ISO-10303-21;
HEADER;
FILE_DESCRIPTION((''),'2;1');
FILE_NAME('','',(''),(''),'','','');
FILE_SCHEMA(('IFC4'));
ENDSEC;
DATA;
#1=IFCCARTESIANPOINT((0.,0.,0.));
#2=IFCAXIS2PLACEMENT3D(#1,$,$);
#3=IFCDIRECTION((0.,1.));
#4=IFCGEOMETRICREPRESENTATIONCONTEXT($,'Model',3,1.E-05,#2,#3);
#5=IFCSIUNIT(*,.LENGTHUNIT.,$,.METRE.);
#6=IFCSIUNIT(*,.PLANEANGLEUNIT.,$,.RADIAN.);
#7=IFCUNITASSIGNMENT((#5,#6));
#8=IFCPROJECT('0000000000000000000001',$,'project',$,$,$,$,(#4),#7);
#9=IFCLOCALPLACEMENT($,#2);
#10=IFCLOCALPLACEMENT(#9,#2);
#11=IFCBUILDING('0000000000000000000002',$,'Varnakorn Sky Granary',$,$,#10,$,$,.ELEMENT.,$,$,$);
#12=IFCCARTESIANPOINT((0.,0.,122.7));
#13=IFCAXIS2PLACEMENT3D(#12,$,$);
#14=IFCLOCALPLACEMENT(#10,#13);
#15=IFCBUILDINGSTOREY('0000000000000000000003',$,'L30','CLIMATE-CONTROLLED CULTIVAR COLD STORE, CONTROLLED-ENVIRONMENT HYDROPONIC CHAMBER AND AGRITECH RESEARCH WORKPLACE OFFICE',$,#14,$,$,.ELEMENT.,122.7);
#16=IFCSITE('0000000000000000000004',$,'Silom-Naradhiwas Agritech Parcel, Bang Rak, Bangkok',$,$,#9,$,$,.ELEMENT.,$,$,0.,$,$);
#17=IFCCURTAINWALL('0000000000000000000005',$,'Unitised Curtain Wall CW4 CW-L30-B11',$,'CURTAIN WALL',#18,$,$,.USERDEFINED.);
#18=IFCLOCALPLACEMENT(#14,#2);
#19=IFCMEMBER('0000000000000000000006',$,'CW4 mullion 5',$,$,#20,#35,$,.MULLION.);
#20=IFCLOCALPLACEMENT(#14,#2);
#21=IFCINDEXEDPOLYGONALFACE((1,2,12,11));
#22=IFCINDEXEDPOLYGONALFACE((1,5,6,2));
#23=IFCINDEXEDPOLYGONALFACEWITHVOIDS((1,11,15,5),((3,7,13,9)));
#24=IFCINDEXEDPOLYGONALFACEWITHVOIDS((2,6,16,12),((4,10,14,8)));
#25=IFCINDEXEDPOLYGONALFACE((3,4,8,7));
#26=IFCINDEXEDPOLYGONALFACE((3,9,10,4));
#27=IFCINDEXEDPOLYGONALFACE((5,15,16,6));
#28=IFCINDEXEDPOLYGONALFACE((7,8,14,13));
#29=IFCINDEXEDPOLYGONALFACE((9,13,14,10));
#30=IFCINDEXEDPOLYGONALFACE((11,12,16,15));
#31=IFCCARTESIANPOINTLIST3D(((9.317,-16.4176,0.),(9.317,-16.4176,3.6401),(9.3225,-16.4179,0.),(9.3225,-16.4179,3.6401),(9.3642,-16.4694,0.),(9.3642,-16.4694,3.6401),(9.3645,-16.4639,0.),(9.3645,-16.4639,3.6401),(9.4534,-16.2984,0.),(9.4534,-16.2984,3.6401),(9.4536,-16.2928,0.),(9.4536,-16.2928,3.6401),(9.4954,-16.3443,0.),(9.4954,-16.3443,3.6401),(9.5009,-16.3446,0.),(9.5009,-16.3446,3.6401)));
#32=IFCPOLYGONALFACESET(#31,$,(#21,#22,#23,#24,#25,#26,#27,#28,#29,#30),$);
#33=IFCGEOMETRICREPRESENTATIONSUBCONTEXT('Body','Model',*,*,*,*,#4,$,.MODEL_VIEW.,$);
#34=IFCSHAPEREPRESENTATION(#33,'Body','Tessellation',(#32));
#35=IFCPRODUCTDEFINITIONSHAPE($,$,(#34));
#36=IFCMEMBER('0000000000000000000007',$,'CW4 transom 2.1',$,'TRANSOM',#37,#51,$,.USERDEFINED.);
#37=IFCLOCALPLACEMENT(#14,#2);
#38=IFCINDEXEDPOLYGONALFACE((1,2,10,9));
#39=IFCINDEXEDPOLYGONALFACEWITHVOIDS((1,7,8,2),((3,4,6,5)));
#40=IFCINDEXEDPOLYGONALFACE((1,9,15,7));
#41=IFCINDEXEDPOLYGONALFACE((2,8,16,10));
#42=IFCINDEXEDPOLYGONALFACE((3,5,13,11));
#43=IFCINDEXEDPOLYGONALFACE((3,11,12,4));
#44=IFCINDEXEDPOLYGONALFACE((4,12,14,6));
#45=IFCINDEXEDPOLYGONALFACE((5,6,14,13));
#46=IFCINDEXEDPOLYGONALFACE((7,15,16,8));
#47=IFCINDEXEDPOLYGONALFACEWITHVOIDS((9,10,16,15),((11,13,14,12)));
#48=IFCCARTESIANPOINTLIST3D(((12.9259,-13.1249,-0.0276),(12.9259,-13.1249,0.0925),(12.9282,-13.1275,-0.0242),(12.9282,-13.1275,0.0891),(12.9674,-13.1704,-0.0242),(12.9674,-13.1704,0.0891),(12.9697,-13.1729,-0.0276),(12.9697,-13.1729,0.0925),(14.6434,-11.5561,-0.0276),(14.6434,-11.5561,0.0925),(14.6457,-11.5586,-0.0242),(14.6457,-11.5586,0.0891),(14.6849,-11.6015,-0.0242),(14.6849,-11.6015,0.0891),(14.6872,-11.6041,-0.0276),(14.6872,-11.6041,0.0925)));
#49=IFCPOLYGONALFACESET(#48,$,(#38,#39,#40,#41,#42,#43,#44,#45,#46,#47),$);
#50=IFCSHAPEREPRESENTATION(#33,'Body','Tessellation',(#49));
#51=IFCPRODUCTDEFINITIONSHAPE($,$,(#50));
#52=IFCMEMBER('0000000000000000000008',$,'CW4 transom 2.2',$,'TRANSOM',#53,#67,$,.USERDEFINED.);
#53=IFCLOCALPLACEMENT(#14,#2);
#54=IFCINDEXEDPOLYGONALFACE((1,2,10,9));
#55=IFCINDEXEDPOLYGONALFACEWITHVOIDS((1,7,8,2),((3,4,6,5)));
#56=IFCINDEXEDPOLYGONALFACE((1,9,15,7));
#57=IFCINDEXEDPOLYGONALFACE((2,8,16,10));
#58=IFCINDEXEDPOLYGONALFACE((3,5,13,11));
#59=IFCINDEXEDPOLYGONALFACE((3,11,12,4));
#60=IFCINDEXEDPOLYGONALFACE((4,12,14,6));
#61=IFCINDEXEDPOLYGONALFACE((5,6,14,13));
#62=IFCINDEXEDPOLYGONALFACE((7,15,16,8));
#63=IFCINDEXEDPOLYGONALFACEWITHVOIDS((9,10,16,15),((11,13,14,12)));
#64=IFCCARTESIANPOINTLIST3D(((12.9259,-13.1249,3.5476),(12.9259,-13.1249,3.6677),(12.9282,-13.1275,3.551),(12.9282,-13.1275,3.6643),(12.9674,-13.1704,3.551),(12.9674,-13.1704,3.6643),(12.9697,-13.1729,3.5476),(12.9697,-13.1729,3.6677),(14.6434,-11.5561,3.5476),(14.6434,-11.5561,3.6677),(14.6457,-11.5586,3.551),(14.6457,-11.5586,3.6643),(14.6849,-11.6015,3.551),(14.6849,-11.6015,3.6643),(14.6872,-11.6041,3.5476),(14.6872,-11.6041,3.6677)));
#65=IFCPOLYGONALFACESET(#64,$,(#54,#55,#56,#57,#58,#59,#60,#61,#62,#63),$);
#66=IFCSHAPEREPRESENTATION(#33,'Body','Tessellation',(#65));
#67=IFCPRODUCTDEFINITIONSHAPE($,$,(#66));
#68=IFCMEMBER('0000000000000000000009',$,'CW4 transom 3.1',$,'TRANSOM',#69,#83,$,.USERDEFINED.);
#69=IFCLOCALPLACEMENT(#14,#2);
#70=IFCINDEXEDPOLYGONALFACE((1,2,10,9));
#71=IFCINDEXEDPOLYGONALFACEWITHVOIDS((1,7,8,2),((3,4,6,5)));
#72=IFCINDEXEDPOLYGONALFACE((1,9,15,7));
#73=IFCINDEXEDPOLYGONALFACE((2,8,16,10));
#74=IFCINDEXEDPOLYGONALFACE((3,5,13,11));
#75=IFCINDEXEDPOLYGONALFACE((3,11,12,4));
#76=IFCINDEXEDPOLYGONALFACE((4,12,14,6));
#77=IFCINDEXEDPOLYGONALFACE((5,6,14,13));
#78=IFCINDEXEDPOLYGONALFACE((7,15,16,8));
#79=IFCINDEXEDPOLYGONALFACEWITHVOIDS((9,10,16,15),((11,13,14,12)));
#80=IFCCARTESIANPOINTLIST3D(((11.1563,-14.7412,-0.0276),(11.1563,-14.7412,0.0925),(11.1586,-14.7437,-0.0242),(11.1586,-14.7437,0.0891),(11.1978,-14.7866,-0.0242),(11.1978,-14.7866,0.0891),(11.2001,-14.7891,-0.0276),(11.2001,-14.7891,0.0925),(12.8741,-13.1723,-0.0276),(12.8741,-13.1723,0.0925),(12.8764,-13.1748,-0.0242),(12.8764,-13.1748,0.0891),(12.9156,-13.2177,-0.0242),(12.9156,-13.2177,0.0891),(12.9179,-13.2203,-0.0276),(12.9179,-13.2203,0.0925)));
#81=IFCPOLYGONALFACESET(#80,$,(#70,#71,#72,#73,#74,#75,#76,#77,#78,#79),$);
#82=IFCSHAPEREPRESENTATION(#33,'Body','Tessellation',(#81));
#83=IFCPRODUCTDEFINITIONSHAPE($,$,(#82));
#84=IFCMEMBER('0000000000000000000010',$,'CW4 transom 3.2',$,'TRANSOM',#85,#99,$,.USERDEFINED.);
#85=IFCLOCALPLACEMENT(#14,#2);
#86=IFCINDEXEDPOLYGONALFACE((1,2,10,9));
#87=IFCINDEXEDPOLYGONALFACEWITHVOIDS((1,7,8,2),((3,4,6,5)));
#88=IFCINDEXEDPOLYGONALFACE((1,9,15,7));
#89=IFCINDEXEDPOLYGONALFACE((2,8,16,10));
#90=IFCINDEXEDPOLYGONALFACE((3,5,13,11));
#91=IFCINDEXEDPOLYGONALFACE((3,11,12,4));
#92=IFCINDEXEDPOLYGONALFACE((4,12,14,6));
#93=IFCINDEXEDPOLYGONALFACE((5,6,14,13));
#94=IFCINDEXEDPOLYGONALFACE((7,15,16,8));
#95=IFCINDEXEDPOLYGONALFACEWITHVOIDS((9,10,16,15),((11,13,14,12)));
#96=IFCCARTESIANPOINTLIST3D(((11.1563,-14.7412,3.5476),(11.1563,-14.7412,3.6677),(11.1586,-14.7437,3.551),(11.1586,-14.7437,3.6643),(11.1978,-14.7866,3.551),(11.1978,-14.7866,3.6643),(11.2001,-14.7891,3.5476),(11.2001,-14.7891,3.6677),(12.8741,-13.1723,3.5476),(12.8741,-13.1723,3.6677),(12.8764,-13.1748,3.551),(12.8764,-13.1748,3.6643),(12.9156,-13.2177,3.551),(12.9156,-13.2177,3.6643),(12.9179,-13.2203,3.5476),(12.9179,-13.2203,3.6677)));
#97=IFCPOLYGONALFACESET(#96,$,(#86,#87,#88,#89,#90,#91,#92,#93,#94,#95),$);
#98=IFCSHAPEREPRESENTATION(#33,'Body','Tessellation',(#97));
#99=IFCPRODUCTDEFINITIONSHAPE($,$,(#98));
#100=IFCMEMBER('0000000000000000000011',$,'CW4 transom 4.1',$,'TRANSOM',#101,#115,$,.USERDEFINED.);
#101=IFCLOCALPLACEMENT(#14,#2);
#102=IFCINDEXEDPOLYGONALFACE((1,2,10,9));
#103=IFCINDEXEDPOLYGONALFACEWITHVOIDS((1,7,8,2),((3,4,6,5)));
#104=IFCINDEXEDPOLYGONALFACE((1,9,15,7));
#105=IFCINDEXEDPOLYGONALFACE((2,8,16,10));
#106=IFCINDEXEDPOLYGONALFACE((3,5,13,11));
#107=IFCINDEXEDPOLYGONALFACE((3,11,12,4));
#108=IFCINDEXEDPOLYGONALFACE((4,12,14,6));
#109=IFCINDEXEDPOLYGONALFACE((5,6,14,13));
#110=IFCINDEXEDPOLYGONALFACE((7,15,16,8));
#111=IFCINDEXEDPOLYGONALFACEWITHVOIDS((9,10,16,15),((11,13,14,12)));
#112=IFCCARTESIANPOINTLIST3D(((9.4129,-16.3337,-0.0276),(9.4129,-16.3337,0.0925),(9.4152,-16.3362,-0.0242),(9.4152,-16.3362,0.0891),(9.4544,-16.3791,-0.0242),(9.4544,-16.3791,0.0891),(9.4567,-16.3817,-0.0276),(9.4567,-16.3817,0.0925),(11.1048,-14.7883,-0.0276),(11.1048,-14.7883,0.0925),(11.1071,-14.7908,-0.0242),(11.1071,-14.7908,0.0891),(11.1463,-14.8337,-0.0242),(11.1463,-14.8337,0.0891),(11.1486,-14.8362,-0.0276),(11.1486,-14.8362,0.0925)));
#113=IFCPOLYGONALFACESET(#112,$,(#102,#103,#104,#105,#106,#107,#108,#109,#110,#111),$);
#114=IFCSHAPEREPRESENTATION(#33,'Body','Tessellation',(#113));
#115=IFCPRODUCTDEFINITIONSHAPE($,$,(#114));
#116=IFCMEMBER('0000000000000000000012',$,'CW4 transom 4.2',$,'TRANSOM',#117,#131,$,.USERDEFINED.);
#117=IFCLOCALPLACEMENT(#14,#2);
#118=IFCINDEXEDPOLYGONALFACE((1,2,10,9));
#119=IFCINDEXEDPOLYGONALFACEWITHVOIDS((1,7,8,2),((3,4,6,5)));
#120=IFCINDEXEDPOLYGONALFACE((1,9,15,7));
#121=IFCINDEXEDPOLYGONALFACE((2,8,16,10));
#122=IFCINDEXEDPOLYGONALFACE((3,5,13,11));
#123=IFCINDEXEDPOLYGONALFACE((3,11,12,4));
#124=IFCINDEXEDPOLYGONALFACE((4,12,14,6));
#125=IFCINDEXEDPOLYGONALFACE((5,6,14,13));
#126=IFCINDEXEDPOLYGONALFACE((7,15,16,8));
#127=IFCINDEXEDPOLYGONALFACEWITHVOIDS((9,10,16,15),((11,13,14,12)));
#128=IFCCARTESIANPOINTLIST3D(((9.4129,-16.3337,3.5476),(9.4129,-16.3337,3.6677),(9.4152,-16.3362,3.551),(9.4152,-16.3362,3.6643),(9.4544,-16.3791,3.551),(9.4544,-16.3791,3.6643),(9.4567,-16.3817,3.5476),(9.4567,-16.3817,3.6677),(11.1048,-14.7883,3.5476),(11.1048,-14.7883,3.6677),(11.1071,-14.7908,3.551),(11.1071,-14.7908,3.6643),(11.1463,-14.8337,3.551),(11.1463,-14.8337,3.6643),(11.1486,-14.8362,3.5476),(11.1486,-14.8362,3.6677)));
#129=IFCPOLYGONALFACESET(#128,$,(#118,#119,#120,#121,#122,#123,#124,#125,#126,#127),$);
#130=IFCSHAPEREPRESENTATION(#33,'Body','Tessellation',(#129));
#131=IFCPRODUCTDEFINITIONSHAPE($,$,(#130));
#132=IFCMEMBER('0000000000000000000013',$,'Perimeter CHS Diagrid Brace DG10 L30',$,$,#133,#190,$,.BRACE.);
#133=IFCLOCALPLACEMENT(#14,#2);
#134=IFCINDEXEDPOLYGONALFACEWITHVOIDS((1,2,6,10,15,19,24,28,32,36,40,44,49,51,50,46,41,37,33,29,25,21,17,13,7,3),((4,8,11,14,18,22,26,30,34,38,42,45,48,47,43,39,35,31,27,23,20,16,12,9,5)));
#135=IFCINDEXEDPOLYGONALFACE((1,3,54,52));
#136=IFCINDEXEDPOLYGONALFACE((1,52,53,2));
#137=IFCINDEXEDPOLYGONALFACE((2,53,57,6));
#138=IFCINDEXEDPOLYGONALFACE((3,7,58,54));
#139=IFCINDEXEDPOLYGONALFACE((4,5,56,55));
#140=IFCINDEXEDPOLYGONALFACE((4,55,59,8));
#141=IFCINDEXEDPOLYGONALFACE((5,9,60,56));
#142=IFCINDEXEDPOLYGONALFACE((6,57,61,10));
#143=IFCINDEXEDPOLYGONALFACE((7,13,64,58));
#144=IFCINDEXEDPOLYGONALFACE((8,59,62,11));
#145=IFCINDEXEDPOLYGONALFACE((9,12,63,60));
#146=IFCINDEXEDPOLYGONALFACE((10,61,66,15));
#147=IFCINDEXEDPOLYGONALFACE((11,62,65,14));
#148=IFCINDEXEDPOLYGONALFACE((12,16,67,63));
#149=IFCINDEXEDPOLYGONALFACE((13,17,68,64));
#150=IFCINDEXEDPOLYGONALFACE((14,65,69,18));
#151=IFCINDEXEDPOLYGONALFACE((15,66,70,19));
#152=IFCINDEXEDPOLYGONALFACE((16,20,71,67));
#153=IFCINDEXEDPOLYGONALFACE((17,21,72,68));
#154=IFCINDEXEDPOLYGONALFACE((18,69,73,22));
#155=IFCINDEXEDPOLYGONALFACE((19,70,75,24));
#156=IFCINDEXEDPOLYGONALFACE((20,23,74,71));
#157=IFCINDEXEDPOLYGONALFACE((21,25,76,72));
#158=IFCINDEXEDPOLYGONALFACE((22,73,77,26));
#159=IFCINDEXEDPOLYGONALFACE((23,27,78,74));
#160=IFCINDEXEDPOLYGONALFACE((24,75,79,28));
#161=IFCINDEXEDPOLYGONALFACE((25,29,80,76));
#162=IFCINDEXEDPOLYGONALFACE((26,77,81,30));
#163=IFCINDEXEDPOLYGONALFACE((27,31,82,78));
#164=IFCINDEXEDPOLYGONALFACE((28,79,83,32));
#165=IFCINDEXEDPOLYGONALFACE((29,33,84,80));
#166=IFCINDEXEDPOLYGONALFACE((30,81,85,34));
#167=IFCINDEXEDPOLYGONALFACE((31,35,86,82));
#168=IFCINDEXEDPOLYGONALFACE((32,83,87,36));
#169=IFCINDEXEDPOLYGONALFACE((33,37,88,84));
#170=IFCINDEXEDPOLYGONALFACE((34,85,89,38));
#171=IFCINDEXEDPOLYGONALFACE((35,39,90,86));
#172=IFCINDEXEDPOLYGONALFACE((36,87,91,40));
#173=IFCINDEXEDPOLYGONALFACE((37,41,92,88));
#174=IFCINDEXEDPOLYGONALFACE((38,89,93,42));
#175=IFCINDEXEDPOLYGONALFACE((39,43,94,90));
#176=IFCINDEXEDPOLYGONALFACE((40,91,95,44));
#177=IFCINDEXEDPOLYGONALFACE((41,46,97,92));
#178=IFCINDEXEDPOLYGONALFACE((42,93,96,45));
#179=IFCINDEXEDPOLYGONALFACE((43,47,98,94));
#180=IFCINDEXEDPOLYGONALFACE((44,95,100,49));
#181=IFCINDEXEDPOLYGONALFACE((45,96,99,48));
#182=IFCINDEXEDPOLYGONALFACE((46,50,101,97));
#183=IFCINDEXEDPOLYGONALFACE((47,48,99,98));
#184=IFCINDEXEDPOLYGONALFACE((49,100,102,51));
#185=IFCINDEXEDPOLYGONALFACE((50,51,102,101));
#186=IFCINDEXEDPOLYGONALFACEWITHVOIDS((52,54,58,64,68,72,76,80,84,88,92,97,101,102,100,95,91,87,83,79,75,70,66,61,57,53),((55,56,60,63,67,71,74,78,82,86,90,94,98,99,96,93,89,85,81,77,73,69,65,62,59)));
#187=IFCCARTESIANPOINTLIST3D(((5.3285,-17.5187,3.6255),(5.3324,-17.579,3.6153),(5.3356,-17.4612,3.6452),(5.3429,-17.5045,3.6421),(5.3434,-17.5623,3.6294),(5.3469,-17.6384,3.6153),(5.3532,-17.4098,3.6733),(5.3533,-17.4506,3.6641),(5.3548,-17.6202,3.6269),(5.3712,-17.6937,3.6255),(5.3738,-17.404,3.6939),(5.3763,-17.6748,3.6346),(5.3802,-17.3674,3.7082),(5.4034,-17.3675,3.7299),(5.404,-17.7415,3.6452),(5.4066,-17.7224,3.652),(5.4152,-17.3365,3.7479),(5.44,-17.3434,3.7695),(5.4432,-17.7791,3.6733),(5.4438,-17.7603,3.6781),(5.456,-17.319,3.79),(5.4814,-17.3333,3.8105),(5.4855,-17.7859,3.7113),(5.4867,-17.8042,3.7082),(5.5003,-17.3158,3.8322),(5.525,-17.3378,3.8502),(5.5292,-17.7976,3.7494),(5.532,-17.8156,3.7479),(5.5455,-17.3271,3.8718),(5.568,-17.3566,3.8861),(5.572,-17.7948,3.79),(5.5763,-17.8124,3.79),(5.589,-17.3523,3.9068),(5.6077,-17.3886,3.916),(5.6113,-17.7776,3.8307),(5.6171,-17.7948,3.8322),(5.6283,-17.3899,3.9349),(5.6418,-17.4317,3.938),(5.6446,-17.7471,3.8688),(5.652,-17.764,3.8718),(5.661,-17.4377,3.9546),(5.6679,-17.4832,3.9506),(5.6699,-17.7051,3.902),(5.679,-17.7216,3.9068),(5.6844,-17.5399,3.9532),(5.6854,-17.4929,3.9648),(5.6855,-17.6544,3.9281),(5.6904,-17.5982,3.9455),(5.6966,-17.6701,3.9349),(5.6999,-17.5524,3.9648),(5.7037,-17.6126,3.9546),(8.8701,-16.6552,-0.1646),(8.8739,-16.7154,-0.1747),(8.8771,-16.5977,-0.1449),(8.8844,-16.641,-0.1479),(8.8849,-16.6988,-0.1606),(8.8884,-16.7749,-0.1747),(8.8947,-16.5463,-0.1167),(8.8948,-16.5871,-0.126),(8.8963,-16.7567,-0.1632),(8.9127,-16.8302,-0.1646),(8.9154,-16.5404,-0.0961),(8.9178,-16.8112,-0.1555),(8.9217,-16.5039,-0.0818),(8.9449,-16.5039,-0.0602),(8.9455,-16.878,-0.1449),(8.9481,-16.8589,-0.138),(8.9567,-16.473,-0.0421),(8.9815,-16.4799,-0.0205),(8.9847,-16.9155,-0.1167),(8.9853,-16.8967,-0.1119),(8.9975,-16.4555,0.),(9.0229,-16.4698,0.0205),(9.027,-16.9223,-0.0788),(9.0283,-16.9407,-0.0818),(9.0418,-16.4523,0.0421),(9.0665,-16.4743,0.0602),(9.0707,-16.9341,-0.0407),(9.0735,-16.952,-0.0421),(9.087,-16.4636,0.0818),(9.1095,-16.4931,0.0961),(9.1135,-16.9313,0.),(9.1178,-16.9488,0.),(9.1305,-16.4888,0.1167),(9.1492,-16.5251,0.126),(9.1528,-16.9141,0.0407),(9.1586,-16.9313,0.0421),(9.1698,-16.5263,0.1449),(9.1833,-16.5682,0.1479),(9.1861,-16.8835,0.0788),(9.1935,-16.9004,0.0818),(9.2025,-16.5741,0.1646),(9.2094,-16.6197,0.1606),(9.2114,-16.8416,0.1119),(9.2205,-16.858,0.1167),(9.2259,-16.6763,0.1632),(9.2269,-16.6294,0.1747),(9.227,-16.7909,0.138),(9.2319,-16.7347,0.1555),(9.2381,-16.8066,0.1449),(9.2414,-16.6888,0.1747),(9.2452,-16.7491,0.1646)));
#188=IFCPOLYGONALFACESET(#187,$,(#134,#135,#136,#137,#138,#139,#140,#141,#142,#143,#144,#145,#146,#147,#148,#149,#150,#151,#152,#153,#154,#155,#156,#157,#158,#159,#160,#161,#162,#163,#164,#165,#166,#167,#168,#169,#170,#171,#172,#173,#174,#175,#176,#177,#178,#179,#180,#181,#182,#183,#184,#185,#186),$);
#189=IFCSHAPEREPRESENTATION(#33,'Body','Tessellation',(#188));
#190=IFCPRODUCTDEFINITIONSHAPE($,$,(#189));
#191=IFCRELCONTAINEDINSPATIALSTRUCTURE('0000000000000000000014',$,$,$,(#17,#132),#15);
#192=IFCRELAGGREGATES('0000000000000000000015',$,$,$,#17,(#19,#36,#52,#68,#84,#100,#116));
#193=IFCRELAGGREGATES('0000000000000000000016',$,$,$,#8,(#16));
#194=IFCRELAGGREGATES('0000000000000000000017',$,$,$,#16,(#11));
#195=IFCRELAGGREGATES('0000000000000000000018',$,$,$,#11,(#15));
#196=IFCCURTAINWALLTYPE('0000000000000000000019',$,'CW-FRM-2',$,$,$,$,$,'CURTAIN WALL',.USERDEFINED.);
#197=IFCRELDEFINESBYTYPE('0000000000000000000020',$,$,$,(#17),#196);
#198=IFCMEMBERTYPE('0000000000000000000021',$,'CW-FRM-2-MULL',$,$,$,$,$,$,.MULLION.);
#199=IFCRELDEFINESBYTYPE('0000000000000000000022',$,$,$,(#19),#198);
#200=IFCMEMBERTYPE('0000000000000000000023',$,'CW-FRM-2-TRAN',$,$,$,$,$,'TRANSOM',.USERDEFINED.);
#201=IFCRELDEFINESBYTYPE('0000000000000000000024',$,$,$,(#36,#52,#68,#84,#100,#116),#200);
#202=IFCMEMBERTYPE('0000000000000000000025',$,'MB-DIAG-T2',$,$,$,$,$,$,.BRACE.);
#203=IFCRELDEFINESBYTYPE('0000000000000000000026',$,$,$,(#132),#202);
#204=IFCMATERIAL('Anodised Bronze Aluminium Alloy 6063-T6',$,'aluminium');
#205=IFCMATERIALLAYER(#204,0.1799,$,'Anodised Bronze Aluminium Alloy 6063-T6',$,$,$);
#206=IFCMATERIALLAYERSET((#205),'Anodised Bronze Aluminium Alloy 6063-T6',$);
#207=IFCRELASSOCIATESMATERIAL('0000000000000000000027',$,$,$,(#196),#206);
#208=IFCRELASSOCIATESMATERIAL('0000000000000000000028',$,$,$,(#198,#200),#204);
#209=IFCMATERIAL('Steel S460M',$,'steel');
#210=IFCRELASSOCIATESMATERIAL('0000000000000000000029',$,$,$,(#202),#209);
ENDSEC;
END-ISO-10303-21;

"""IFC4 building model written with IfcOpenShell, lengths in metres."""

from ifc_helpers import new_model, si_unit, direction, frame, origin, origin_2d, place, context, subcontext, project, spatial, hollow_rectangle, hollow_circle, extrude, material, layer, layer_set, material_profile, profile_set, type_object, element, aggregate, save


model = new_model("IFC4")

# Units and contexts
model_context = context("Model", 3, precision=1e-05, world=origin(), true_north=direction((0.0, 1.0)))
body_context = subcontext(model_context, "Body", "Model", "MODEL_VIEW")
ifc_project = project(units=[si_unit("LENGTHUNIT", "METRE"), si_unit("PLANEANGLEUNIT", "RADIAN")], contexts=[model_context])

# Site, building, storey
site_placement = place(None, origin())
site = spatial("IfcSite", under=ifc_project, at=site_placement, Name="Silom-Naradhiwas Agritech Parcel, Bang Rak, Bangkok", CompositionType="ELEMENT", RefElevation=0.0)
building_placement = place(site_placement, origin())
building = spatial("IfcBuilding", under=site, at=building_placement, Name="Varnakorn Sky Granary", CompositionType="ELEMENT")
storey_placement = place(building_placement, frame((0.0, 0.0, 122.7)))
storey = spatial("IfcBuildingStorey", under=building, at=storey_placement, Name="L30", Description="CLIMATE-CONTROLLED CULTIVAR COLD STORE, CONTROLLED-ENVIRONMENT HYDROPONIC CHAMBER AND AGRITECH RESEARCH WORKPLACE OFFICE", CompositionType="ELEMENT", Elevation=122.7)

# Shared definitions
ifc_material_1 = material(Name="Steel S460M", Category="steel")

# Shared definitions
ifc_material_2 = material(Name="Anodised Bronze Aluminium Alloy 6063-T6", Category="aluminium")
ifc_layer_1 = layer(ifc_material_2, 0.1799, Name="Anodised Bronze Aluminium Alloy 6063-T6")
ifc_layer_set_1 = layer_set([ifc_layer_1], Name="Anodised Bronze Aluminium Alloy 6063-T6")
curtain_wall_type = type_object("IfcCurtainWallType", Name="CW-FRM-2", ElementType="CURTAIN WALL", PredefinedType="USERDEFINED", material=ifc_layer_set_1)
ifc_material_profile_1 = material_profile(ifc_material_2, hollow_rectangle(XDim=0.0701, YDim=0.1851, WallThickness=0.0039, at=origin_2d()), Name="ALU MULL 70x185")
ifc_profile_set_1 = profile_set([ifc_material_profile_1], Name="Anodised Bronze Aluminium Alloy 6063-T6")
member_type_1 = type_object("IfcMemberType", Name="CW-FRM-2-MULL", PredefinedType="MULLION", material=ifc_profile_set_1)

# Curtain wall, members
curtain_wall_1_placement = place(storey_placement, origin())
curtain_wall_1 = element("IfcCurtainWall", 1, at=curtain_wall_1_placement, inside=storey, type_object=curtain_wall_type, Name="Unitised Curtain Wall CW4 CW-L30-B11", ObjectType="CURTAIN WALL", PredefinedType="USERDEFINED")
member_1_placement = place(storey_placement, frame((9.4089, -16.3811, 0.0), z_axis=(0.0, 0.0, 1.0), x_axis=(0.674407, -0.738359, 0.0)))
member_1 = element("IfcMember", 2, at=member_1_placement, type_object=member_type_1, Name="CW4 mullion 5", PredefinedType="MULLION", context=body_context, shape_type="SweptSolid", body=[
    extrude(hollow_rectangle(XDim=0.0701, YDim=0.1851, WallThickness=0.0039, at=origin_2d()), origin(), (0.0, 0.0, 1.0), 3.6401),
])
ifc_material_profile_2 = material_profile(ifc_material_2, hollow_rectangle(XDim=0.0649, YDim=0.1201, WallThickness=0.0034, at=origin_2d()), Name="ALU TRAN 65x120")
ifc_profile_set_2 = profile_set([ifc_material_profile_2], Name="Anodised Bronze Aluminium Alloy 6063-T6")
member_type_2 = type_object("IfcMemberType", Name="CW-FRM-2-TRAN", ElementType="TRANSOM", PredefinedType="USERDEFINED", material=ifc_profile_set_2)
member_2_placement = place(storey_placement, frame((14.6653, -11.5801, 0.0325), z_axis=(-0.738342, -0.674426, 0.0), x_axis=(0.674426, -0.738342, 0.0)))
member_2 = element("IfcMember", 3, at=member_2_placement, type_object=member_type_2, Name="CW4 transom 2.1", ObjectType="TRANSOM", PredefinedType="USERDEFINED", context=body_context, shape_type="SweptSolid", body=[
    extrude(hollow_rectangle(XDim=0.0649, YDim=0.1201, WallThickness=0.0034, at=origin_2d()), origin(), (0.0, 0.0, 1.0), 2.3262),
])
member_3_placement = place(storey_placement, frame((14.6653, -11.5801, 3.6077), z_axis=(-0.738342, -0.674426, 0.0), x_axis=(0.674426, -0.738342, 0.0)))
member_3 = element("IfcMember", 4, at=member_3_placement, type_object=member_type_2, Name="CW4 transom 2.2", ObjectType="TRANSOM", PredefinedType="USERDEFINED", context=body_context, shape_type="SweptSolid", body=[
    extrude(hollow_rectangle(XDim=0.0649, YDim=0.1201, WallThickness=0.0034, at=origin_2d()), origin(), (0.0, 0.0, 1.0), 2.3262),
])
member_4_placement = place(storey_placement, frame((12.896, -13.1963, 0.0325), z_axis=(-0.73839, -0.674374, 0.0), x_axis=(0.674374, -0.73839, 0.0)))
member_4 = element("IfcMember", 5, at=member_4_placement, type_object=member_type_2, Name="CW4 transom 3.1", ObjectType="TRANSOM", PredefinedType="USERDEFINED", context=body_context, shape_type="SweptSolid", body=[
    extrude(hollow_rectangle(XDim=0.0649, YDim=0.1201, WallThickness=0.0034, at=origin_2d()), origin(), (0.0, 0.0, 1.0), 2.3264),
])
member_5_placement = place(storey_placement, frame((12.896, -13.1963, 3.6077), z_axis=(-0.73839, -0.674374, 0.0), x_axis=(0.674374, -0.73839, 0.0)))
member_5 = element("IfcMember", 6, at=member_5_placement, type_object=member_type_2, Name="CW4 transom 3.2", ObjectType="TRANSOM", PredefinedType="USERDEFINED", context=body_context, shape_type="SweptSolid", body=[
    extrude(hollow_rectangle(XDim=0.0649, YDim=0.1201, WallThickness=0.0034, at=origin_2d()), origin(), (0.0, 0.0, 1.0), 2.3264),
])
member_6_placement = place(storey_placement, frame((11.1267, -14.8123, 0.0325), z_axis=(-0.738347, -0.674421, 0.0), x_axis=(0.674421, -0.738347, 0.0)))
member_6 = element("IfcMember", 7, at=member_6_placement, type_object=member_type_2, Name="CW4 transom 4.1", ObjectType="TRANSOM", PredefinedType="USERDEFINED", context=body_context, shape_type="SweptSolid", body=[
    extrude(hollow_rectangle(XDim=0.0649, YDim=0.1201, WallThickness=0.0034, at=origin_2d()), origin(), (0.0, 0.0, 1.0), 2.2915),
])
member_7_placement = place(storey_placement, frame((11.1267, -14.8123, 3.6077), z_axis=(-0.738347, -0.674421, 0.0), x_axis=(0.674421, -0.738347, 0.0)))
member_7 = element("IfcMember", 8, at=member_7_placement, type_object=member_type_2, Name="CW4 transom 4.2", ObjectType="TRANSOM", PredefinedType="USERDEFINED", context=body_context, shape_type="SweptSolid", body=[
    extrude(hollow_rectangle(XDim=0.0649, YDim=0.1201, WallThickness=0.0034, at=origin_2d()), origin(), (0.0, 0.0, 1.0), 2.2915),
])

# Member
ifc_material_profile_3 = material_profile(ifc_material_1, hollow_circle(Radius=0.2539, WallThickness=0.0181, at=origin_2d()), Name="CHS 508x18")
ifc_profile_set_3 = profile_set([ifc_material_profile_3], Name="Steel S460M")
member_type_3 = type_object("IfcMemberType", Name="MB-DIAG-T2", PredefinedType="BRACE", material=ifc_profile_set_3)
member_8_placement = place(storey_placement, frame((9.0576, -16.7021, 0.0), z_axis=(-0.673476, -0.164214, 0.720739), x_axis=(0.23689, -0.971537, 0.0)))
element("IfcMember", 9, at=member_8_placement, inside=storey, type_object=member_type_3, Name="Perimeter CHS Diagrid Brace DG10 L30", PredefinedType="BRACE", context=body_context, shape_type="SweptSolid", body=[
    extrude(hollow_circle(Radius=0.2539, WallThickness=0.0181, at=origin_2d()), origin(), (0.0, 0.0, 1.0), 5.2585),
])

aggregate(curtain_wall_1, [member_1, member_2, member_3, member_4, member_5, member_6, member_7])

save(model, "model.ifc")
